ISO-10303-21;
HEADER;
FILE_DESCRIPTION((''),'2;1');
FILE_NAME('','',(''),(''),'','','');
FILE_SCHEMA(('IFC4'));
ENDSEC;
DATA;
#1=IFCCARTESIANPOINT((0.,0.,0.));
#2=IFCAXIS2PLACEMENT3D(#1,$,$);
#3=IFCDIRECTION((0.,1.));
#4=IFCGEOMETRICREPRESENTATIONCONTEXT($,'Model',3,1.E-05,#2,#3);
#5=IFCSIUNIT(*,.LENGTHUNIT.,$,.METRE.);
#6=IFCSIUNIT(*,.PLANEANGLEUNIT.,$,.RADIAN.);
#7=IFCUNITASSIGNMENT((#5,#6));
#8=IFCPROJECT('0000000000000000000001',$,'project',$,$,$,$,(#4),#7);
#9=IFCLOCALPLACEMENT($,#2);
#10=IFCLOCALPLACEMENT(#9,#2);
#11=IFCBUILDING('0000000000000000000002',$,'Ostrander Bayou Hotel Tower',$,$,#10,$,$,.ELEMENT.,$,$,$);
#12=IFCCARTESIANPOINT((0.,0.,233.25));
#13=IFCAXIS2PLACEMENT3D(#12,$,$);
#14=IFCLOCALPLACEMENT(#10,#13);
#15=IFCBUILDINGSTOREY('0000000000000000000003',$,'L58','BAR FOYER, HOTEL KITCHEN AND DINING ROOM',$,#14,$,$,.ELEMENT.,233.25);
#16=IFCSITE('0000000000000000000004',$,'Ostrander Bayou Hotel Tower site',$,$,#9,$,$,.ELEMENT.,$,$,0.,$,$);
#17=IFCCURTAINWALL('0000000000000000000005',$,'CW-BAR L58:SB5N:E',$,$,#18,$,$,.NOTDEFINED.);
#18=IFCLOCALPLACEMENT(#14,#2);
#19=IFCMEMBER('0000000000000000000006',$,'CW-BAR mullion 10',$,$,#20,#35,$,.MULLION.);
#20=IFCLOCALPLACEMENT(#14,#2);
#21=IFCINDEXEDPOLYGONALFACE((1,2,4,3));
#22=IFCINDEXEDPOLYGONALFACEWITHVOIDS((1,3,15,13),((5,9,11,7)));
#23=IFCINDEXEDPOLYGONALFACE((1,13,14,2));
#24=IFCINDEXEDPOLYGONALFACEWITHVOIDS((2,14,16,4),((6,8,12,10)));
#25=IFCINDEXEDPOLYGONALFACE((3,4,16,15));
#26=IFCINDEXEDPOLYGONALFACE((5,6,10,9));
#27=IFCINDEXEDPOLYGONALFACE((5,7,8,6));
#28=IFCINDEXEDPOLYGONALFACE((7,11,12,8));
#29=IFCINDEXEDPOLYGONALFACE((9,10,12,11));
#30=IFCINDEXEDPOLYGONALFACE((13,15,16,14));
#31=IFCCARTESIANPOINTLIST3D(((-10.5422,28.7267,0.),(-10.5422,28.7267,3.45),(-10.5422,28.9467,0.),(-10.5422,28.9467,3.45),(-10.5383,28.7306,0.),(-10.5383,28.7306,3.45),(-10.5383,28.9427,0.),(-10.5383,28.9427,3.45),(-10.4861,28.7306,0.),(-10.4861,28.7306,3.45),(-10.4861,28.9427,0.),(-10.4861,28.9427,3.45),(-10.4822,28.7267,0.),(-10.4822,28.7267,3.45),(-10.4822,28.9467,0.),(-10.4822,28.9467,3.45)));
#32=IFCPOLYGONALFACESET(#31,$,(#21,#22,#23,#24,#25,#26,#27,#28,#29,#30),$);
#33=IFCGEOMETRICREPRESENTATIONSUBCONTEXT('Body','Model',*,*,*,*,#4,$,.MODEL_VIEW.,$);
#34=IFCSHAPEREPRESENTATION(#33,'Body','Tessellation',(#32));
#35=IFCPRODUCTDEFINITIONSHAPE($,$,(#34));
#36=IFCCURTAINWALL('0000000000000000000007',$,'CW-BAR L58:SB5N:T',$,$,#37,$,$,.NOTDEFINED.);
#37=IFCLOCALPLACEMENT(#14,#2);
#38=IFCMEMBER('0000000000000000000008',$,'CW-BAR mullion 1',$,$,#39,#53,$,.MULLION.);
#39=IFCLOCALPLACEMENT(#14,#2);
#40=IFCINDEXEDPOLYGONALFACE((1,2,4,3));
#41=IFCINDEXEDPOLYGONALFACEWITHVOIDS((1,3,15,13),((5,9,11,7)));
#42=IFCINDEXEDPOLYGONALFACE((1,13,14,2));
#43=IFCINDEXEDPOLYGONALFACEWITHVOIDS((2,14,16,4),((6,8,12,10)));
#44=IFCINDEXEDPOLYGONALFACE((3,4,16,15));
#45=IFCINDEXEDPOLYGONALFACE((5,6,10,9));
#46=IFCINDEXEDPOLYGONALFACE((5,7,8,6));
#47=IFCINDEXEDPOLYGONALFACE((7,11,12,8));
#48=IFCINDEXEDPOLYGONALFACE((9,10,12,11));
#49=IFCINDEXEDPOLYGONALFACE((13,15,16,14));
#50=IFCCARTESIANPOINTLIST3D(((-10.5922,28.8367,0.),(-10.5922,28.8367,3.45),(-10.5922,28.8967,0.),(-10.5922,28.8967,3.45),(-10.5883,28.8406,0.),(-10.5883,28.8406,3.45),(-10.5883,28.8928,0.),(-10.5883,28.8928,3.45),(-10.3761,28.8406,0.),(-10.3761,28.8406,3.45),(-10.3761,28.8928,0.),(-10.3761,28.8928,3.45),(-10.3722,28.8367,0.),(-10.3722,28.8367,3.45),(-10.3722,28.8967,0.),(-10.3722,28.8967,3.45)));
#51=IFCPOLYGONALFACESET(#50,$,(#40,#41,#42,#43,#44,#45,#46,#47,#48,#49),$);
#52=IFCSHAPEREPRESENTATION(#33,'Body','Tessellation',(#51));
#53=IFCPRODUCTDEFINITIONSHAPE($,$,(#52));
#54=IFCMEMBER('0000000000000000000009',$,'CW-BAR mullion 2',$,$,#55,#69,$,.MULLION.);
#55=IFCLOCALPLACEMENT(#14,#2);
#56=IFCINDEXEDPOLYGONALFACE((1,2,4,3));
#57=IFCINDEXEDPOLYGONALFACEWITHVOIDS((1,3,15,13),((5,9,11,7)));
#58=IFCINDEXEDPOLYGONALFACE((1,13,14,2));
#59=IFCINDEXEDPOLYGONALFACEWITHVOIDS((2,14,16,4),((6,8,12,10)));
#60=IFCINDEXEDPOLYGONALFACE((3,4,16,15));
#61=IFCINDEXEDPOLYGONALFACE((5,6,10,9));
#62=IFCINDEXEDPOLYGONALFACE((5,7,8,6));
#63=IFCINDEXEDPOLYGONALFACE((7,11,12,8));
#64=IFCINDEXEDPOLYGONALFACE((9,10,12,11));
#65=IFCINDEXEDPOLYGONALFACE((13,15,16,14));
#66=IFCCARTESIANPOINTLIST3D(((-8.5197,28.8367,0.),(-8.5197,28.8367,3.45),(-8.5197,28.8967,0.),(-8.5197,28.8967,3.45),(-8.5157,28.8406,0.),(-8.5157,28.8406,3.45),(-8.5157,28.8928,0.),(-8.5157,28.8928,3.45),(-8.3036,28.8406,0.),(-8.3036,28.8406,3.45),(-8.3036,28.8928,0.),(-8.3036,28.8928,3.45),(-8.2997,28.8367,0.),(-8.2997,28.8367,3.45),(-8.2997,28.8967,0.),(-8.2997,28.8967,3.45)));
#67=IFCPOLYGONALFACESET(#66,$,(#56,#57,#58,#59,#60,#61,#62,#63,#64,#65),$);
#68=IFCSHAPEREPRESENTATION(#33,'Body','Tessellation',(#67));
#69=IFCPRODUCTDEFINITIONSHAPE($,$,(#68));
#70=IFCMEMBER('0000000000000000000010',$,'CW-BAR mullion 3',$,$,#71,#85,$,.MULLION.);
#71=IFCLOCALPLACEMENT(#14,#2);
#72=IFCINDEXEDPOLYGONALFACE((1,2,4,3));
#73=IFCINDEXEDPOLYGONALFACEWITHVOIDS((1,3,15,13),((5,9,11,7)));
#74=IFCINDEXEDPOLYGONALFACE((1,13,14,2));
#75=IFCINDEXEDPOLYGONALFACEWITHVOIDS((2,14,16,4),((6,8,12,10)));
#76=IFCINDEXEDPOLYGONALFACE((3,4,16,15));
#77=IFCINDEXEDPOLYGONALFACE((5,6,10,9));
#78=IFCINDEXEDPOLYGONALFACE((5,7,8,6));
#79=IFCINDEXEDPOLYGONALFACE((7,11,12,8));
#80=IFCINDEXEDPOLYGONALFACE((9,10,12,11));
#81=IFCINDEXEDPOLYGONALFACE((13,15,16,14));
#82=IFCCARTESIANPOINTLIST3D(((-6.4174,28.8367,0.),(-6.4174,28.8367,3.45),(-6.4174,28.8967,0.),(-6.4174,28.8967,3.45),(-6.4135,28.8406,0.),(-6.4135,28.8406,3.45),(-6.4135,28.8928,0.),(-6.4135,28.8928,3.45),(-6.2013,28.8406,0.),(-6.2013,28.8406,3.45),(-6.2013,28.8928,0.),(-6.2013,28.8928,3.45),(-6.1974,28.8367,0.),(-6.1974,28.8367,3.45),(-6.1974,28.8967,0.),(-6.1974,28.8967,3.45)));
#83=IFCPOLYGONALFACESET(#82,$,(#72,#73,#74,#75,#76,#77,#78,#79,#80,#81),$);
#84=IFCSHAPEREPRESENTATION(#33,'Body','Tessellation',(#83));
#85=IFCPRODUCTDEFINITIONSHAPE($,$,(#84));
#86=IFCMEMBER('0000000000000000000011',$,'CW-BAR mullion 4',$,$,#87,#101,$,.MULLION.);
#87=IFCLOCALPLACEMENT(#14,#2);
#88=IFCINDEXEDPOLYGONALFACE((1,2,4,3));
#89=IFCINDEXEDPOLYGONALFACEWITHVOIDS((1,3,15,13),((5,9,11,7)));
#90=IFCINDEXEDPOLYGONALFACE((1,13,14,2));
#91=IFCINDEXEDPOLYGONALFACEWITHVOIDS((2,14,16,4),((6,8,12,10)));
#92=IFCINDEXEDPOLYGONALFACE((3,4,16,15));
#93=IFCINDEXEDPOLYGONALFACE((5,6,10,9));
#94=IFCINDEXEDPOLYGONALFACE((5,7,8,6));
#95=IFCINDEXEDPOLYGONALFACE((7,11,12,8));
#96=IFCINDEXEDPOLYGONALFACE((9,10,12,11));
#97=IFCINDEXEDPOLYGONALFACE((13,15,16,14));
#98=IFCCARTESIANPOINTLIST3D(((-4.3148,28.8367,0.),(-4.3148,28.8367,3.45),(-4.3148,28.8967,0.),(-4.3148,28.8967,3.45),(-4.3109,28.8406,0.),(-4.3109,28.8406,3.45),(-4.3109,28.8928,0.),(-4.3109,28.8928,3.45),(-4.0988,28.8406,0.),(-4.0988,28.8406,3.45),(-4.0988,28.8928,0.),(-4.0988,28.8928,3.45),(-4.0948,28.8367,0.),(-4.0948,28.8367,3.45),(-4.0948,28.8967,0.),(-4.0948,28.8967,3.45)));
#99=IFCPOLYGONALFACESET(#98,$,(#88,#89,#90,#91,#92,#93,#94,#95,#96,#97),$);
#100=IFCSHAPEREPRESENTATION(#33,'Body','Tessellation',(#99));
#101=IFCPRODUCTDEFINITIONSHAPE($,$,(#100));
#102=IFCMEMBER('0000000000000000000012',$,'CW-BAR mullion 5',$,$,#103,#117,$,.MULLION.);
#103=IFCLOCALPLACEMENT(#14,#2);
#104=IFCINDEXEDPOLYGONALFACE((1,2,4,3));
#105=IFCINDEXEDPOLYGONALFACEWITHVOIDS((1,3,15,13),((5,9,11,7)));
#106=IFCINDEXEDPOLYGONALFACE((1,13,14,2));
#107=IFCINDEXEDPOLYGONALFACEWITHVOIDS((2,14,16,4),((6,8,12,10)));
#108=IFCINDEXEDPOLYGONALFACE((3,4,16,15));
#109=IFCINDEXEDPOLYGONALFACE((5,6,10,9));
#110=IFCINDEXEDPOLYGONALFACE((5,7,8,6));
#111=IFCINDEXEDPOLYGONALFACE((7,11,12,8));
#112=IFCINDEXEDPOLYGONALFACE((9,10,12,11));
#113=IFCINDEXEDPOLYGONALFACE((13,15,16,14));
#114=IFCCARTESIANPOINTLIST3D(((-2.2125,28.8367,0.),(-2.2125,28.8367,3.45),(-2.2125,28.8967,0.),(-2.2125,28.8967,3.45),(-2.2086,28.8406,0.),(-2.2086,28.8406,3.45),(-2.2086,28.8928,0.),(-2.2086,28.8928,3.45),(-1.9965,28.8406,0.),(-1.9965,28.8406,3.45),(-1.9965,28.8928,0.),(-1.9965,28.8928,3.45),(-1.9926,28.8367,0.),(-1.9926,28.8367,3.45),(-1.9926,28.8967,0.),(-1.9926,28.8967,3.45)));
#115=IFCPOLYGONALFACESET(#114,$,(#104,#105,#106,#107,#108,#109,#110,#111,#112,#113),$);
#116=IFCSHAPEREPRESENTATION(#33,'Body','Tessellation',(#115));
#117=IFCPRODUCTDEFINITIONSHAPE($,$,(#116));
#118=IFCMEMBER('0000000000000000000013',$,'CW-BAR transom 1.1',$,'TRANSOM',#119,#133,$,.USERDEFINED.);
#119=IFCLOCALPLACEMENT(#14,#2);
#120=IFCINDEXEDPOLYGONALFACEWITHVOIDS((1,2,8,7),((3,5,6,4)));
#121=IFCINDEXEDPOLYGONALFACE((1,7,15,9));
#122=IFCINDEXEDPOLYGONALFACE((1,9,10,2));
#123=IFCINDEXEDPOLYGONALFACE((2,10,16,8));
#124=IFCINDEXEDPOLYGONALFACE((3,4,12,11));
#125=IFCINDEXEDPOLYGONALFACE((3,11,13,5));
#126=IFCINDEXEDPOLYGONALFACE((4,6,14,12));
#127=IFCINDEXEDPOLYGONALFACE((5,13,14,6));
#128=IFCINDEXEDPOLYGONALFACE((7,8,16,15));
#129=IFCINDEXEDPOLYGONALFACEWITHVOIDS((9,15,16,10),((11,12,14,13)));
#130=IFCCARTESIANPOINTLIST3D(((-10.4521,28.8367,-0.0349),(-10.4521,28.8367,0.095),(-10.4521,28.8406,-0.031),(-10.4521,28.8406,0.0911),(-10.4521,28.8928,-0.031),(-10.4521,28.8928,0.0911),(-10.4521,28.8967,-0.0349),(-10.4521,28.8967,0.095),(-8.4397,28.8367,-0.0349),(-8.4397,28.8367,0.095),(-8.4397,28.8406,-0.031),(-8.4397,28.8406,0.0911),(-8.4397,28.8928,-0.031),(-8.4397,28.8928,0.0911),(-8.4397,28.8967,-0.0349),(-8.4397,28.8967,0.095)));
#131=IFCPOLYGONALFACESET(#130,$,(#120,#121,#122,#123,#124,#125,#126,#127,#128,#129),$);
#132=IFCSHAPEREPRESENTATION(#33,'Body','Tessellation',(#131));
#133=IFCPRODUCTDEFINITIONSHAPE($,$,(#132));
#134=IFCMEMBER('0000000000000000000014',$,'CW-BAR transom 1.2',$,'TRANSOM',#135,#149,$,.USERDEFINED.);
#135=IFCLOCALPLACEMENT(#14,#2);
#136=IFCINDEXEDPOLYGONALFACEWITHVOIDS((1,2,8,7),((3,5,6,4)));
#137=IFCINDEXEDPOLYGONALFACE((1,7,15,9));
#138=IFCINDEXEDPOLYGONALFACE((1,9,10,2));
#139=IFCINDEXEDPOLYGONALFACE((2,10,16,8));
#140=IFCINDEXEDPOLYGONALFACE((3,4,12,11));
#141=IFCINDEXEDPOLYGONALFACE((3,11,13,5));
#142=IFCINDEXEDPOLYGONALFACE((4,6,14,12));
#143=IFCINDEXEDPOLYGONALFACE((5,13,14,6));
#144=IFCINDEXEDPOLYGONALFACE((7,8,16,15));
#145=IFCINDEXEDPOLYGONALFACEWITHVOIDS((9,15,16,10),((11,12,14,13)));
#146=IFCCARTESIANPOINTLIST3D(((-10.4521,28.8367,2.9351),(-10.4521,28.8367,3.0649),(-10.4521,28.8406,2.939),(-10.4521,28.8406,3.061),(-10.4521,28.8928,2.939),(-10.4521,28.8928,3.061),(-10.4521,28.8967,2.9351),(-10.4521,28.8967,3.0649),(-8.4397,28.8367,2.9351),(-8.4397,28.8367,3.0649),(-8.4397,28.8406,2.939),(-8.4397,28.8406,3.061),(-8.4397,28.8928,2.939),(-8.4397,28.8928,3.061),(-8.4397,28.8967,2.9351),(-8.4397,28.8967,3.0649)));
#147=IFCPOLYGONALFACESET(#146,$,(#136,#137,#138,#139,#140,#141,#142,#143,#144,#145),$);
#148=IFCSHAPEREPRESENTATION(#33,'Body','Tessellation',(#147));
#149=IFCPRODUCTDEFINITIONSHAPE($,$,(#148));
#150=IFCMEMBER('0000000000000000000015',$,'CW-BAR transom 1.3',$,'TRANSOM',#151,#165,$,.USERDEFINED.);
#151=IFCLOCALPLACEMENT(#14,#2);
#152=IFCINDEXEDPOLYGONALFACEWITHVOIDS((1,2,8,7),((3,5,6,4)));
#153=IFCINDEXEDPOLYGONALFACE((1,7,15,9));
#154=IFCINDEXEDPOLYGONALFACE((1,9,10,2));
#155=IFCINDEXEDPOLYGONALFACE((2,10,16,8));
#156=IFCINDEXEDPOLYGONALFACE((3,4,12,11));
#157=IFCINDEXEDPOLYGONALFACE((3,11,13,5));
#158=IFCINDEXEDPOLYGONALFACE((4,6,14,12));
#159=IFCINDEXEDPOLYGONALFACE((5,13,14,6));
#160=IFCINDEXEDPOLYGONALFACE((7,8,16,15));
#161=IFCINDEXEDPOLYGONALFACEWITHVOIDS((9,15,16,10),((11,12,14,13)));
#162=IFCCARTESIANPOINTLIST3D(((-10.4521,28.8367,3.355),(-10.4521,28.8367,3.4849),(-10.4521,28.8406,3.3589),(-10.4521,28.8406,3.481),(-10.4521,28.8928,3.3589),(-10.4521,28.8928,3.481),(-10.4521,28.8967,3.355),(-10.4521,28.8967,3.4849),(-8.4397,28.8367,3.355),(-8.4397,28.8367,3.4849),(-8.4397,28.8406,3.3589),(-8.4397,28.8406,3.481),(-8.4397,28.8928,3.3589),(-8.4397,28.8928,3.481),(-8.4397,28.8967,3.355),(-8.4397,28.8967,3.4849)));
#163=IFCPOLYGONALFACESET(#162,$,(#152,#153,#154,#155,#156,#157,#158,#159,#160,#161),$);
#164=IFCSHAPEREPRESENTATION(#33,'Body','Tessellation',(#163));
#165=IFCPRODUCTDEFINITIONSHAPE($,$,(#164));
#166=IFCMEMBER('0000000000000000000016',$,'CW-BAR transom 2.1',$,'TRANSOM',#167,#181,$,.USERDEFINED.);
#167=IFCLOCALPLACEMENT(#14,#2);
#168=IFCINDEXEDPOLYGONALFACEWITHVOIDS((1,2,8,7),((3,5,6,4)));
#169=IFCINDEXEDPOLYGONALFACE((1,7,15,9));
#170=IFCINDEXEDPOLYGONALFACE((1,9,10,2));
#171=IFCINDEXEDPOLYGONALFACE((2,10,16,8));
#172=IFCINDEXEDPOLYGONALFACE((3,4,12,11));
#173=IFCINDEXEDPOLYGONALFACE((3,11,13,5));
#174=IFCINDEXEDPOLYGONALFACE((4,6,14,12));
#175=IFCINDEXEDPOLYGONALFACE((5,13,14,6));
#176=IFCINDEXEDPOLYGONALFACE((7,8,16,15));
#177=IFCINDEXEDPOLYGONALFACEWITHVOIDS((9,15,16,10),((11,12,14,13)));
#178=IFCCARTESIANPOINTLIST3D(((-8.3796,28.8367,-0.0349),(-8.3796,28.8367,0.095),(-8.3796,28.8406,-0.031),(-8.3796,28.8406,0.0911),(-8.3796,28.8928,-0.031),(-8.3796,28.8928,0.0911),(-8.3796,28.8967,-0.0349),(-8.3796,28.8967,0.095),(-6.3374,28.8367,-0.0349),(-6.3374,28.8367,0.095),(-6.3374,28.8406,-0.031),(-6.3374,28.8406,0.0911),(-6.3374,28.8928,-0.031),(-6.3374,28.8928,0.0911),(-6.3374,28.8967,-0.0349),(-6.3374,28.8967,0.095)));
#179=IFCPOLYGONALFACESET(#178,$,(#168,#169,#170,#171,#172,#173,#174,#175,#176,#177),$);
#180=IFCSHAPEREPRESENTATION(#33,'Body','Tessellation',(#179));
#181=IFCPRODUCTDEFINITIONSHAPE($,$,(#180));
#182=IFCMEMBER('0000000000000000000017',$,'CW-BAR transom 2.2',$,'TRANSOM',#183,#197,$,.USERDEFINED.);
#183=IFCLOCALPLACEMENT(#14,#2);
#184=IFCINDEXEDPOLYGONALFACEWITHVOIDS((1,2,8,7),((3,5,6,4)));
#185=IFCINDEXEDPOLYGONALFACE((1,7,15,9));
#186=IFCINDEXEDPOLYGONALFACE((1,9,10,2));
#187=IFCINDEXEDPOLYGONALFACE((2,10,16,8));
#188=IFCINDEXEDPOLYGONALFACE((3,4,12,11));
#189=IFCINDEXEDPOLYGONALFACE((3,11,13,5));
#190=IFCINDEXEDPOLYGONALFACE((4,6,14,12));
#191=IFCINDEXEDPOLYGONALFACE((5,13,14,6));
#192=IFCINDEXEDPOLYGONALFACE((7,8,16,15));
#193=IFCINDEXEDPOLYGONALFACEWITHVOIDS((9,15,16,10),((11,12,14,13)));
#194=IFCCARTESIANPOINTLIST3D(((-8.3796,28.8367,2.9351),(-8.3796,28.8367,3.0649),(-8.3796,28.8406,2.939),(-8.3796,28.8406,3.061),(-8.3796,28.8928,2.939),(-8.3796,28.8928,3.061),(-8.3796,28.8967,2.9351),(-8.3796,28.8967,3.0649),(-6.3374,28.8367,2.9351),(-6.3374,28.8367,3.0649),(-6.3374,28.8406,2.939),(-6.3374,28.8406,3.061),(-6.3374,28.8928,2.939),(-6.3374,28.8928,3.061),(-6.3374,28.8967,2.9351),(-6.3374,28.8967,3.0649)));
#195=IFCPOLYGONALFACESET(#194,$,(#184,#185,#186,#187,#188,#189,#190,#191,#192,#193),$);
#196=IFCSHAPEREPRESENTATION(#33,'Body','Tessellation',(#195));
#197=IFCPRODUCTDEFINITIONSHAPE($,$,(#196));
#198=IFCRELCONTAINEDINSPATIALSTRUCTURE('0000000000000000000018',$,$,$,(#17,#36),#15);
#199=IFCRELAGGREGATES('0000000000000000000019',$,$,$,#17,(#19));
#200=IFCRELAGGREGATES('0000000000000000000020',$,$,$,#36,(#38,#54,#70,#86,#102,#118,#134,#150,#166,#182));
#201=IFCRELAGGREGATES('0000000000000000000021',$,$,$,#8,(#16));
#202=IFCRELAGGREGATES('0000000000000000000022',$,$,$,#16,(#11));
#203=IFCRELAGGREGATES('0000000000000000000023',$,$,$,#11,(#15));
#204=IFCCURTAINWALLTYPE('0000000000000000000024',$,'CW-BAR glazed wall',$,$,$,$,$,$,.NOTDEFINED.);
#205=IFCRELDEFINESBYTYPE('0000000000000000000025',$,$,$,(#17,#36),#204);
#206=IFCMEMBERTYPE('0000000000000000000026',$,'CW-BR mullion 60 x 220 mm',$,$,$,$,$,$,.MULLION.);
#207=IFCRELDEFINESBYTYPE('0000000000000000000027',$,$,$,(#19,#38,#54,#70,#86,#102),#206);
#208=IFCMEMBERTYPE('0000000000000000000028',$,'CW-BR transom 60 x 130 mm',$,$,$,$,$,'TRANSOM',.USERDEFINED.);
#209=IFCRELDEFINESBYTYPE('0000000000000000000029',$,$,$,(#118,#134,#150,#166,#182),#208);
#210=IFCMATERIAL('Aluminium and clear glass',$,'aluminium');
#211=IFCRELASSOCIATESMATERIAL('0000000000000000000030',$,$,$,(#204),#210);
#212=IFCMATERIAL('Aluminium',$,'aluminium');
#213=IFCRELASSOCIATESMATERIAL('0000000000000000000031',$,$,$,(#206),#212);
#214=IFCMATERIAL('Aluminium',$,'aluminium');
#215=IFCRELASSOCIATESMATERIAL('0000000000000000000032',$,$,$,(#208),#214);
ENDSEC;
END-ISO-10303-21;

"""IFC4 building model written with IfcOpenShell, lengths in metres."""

from ifc_helpers import new_model, si_unit, direction, frame, origin, origin_2d, place, context, subcontext, project, spatial, hollow_rectangle, extrude, material, material_profile, profile_set, type_object, element, aggregate, save


model = new_model("IFC4")

# Units and contexts
model_context = context("Model", 3, precision=1e-05, world=origin(), true_north=direction((0.0, 1.0)))
body_context = subcontext(model_context, "Body", "Model", "MODEL_VIEW")
ifc_project = project(units=[si_unit("LENGTHUNIT", "METRE"), si_unit("PLANEANGLEUNIT", "RADIAN")], contexts=[model_context])

# Site, building, storey
site_placement = place(None, origin())
site = spatial("IfcSite", under=ifc_project, at=site_placement, Name="Ostrander Bayou Hotel Tower site", CompositionType="ELEMENT", RefElevation=0.0)
building_placement = place(site_placement, origin())
building = spatial("IfcBuilding", under=site, at=building_placement, Name="Ostrander Bayou Hotel Tower", CompositionType="ELEMENT")
storey_placement = place(building_placement, frame((0.0, 0.0, 233.25)))
storey = spatial("IfcBuildingStorey", under=building, at=storey_placement, Name="L58", Description="BAR FOYER, HOTEL KITCHEN AND DINING ROOM", CompositionType="ELEMENT", Elevation=233.25)

# Curtain wall, member
ifc_material_1 = material(Name="Aluminium and clear glass", Category="aluminium")
curtain_wall_type = type_object("IfcCurtainWallType", Name="CW-BAR glazed wall", PredefinedType="NOTDEFINED", material=ifc_material_1)
curtain_wall_1_placement = place(storey_placement, origin())
curtain_wall_1 = element("IfcCurtainWall", 1, at=curtain_wall_1_placement, inside=storey, type_object=curtain_wall_type, Name="CW-BAR L58:SB5N:E", PredefinedType="NOTDEFINED")
ifc_material_2 = material(Name="Aluminium", Category="aluminium")
ifc_material_profile_1 = material_profile(ifc_material_2, hollow_rectangle(XDim=0.0601, YDim=0.22, WallThickness=0.0039, at=origin_2d()))
ifc_profile_set_1 = profile_set([ifc_material_profile_1], Name="Aluminium")
member_type_1 = type_object("IfcMemberType", Name="CW-BR mullion 60 x 220 mm", PredefinedType="MULLION", material=ifc_profile_set_1)
member_1_placement = place(storey_placement, frame((-10.5122, 28.8367, 0.0), z_axis=(0.0, 0.0, 1.0), x_axis=(-1.0, 0.0, 0.0)))
member_1 = element("IfcMember", 2, at=member_1_placement, type_object=member_type_1, Name="CW-BAR mullion 10", PredefinedType="MULLION", context=body_context, shape_type="SweptSolid", body=[
    extrude(hollow_rectangle(XDim=0.0601, YDim=0.22, WallThickness=0.0039, at=origin_2d()), origin(), (0.0, 0.0, 1.0), 3.45),
])

# Curtain wall, members
curtain_wall_2_placement = place(storey_placement, origin())
curtain_wall_2 = element("IfcCurtainWall", 3, at=curtain_wall_2_placement, inside=storey, type_object=curtain_wall_type, Name="CW-BAR L58:SB5N:T", PredefinedType="NOTDEFINED")
member_2_placement = place(storey_placement, frame((-10.4822, 28.8667, 0.0), z_axis=(0.0, 0.0, 1.0), x_axis=(0.0, 1.0, 0.0)))
member_2 = element("IfcMember", 4, at=member_2_placement, type_object=member_type_1, Name="CW-BAR mullion 1", PredefinedType="MULLION", context=body_context, shape_type="SweptSolid", body=[
    extrude(hollow_rectangle(XDim=0.0601, YDim=0.22, WallThickness=0.0039, at=origin_2d()), origin(), (0.0, 0.0, 1.0), 3.45),
])
member_3_placement = place(storey_placement, frame((-8.4097, 28.8667, 0.0), z_axis=(0.0, 0.0, 1.0), x_axis=(0.0, 1.0, 0.0)))
member_3 = element("IfcMember", 5, at=member_3_placement, type_object=member_type_1, Name="CW-BAR mullion 2", PredefinedType="MULLION", context=body_context, shape_type="SweptSolid", body=[
    extrude(hollow_rectangle(XDim=0.0601, YDim=0.22, WallThickness=0.0039, at=origin_2d()), origin(), (0.0, 0.0, 1.0), 3.45),
])
member_4_placement = place(storey_placement, frame((-6.3074, 28.8667, 0.0), z_axis=(0.0, 0.0, 1.0), x_axis=(0.0, 1.0, 0.0)))
member_4 = element("IfcMember", 6, at=member_4_placement, type_object=member_type_1, Name="CW-BAR mullion 3", PredefinedType="MULLION", context=body_context, shape_type="SweptSolid", body=[
    extrude(hollow_rectangle(XDim=0.0601, YDim=0.22, WallThickness=0.0039, at=origin_2d()), origin(), (0.0, 0.0, 1.0), 3.45),
])
member_5_placement = place(storey_placement, frame((-4.2048, 28.8667, 0.0), z_axis=(0.0, 0.0, 1.0), x_axis=(0.0, 1.0, 0.0)))
member_5 = element("IfcMember", 7, at=member_5_placement, type_object=member_type_1, Name="CW-BAR mullion 4", PredefinedType="MULLION", context=body_context, shape_type="SweptSolid", body=[
    extrude(hollow_rectangle(XDim=0.0601, YDim=0.22, WallThickness=0.0039, at=origin_2d()), origin(), (0.0, 0.0, 1.0), 3.45),
])
member_6_placement = place(storey_placement, frame((-2.1025, 28.8667, 0.0), z_axis=(0.0, 0.0, 1.0), x_axis=(0.0, 1.0, 0.0)))
member_6 = element("IfcMember", 8, at=member_6_placement, type_object=member_type_1, Name="CW-BAR mullion 5", PredefinedType="MULLION", context=body_context, shape_type="SweptSolid", body=[
    extrude(hollow_rectangle(XDim=0.0601, YDim=0.22, WallThickness=0.0039, at=origin_2d()), origin(), (0.0, 0.0, 1.0), 3.45),
])
ifc_material_3 = material(Name="Aluminium", Category="aluminium")
ifc_material_profile_2 = material_profile(ifc_material_3, hollow_rectangle(XDim=0.0601, YDim=0.1299, WallThickness=0.0039, at=origin_2d()))
ifc_profile_set_2 = profile_set([ifc_material_profile_2], Name="Aluminium")
member_type_2 = type_object("IfcMemberType", Name="CW-BR transom 60 x 130 mm", ElementType="TRANSOM", PredefinedType="USERDEFINED", material=ifc_profile_set_2)
member_7_placement = place(storey_placement, frame((-10.4521, 28.8667, 0.03), z_axis=(1.0, 0.0, 0.0), x_axis=(0.0, 1.0, 0.0)))
member_7 = element("IfcMember", 9, at=member_7_placement, type_object=member_type_2, Name="CW-BAR transom 1.1", ObjectType="TRANSOM", PredefinedType="USERDEFINED", context=body_context, shape_type="SweptSolid", body=[
    extrude(hollow_rectangle(XDim=0.0601, YDim=0.1299, WallThickness=0.0039, at=origin_2d()), origin(), (0.0, 0.0, 1.0), 2.0125),
])
member_8_placement = place(storey_placement, frame((-10.4521, 28.8667, 3.0), z_axis=(1.0, 0.0, 0.0), x_axis=(0.0, 1.0, 0.0)))
member_8 = element("IfcMember", 10, at=member_8_placement, type_object=member_type_2, Name="CW-BAR transom 1.2", ObjectType="TRANSOM", PredefinedType="USERDEFINED", context=body_context, shape_type="SweptSolid", body=[
    extrude(hollow_rectangle(XDim=0.0601, YDim=0.1299, WallThickness=0.0039, at=origin_2d()), origin(), (0.0, 0.0, 1.0), 2.0125),
])
member_9_placement = place(storey_placement, frame((-10.4521, 28.8667, 3.4199), z_axis=(1.0, 0.0, 0.0), x_axis=(0.0, 1.0, 0.0)))
member_9 = element("IfcMember", 11, at=member_9_placement, type_object=member_type_2, Name="CW-BAR transom 1.3", ObjectType="TRANSOM", PredefinedType="USERDEFINED", context=body_context, shape_type="SweptSolid", body=[
    extrude(hollow_rectangle(XDim=0.0601, YDim=0.1299, WallThickness=0.0039, at=origin_2d()), origin(), (0.0, 0.0, 1.0), 2.0125),
])
member_10_placement = place(storey_placement, frame((-8.3796, 28.8667, 0.03), z_axis=(1.0, 0.0, 0.0), x_axis=(0.0, 1.0, 0.0)))
member_10 = element("IfcMember", 12, at=member_10_placement, type_object=member_type_2, Name="CW-BAR transom 2.1", ObjectType="TRANSOM", PredefinedType="USERDEFINED", context=body_context, shape_type="SweptSolid", body=[
    extrude(hollow_rectangle(XDim=0.0601, YDim=0.1299, WallThickness=0.0039, at=origin_2d()), origin(), (0.0, 0.0, 1.0), 2.0422),
])
member_11_placement = place(storey_placement, frame((-8.3796, 28.8667, 3.0), z_axis=(1.0, 0.0, 0.0), x_axis=(0.0, 1.0, 0.0)))
member_11 = element("IfcMember", 13, at=member_11_placement, type_object=member_type_2, Name="CW-BAR transom 2.2", ObjectType="TRANSOM", PredefinedType="USERDEFINED", context=body_context, shape_type="SweptSolid", body=[
    extrude(hollow_rectangle(XDim=0.0601, YDim=0.1299, WallThickness=0.0039, at=origin_2d()), origin(), (0.0, 0.0, 1.0), 2.0422),
])

aggregate(curtain_wall_1, [member_1])
aggregate(curtain_wall_2, [member_2, member_3, member_4, member_5, member_6, member_7, member_8, member_9, member_10, member_11])

save(model, "model.ifc")
